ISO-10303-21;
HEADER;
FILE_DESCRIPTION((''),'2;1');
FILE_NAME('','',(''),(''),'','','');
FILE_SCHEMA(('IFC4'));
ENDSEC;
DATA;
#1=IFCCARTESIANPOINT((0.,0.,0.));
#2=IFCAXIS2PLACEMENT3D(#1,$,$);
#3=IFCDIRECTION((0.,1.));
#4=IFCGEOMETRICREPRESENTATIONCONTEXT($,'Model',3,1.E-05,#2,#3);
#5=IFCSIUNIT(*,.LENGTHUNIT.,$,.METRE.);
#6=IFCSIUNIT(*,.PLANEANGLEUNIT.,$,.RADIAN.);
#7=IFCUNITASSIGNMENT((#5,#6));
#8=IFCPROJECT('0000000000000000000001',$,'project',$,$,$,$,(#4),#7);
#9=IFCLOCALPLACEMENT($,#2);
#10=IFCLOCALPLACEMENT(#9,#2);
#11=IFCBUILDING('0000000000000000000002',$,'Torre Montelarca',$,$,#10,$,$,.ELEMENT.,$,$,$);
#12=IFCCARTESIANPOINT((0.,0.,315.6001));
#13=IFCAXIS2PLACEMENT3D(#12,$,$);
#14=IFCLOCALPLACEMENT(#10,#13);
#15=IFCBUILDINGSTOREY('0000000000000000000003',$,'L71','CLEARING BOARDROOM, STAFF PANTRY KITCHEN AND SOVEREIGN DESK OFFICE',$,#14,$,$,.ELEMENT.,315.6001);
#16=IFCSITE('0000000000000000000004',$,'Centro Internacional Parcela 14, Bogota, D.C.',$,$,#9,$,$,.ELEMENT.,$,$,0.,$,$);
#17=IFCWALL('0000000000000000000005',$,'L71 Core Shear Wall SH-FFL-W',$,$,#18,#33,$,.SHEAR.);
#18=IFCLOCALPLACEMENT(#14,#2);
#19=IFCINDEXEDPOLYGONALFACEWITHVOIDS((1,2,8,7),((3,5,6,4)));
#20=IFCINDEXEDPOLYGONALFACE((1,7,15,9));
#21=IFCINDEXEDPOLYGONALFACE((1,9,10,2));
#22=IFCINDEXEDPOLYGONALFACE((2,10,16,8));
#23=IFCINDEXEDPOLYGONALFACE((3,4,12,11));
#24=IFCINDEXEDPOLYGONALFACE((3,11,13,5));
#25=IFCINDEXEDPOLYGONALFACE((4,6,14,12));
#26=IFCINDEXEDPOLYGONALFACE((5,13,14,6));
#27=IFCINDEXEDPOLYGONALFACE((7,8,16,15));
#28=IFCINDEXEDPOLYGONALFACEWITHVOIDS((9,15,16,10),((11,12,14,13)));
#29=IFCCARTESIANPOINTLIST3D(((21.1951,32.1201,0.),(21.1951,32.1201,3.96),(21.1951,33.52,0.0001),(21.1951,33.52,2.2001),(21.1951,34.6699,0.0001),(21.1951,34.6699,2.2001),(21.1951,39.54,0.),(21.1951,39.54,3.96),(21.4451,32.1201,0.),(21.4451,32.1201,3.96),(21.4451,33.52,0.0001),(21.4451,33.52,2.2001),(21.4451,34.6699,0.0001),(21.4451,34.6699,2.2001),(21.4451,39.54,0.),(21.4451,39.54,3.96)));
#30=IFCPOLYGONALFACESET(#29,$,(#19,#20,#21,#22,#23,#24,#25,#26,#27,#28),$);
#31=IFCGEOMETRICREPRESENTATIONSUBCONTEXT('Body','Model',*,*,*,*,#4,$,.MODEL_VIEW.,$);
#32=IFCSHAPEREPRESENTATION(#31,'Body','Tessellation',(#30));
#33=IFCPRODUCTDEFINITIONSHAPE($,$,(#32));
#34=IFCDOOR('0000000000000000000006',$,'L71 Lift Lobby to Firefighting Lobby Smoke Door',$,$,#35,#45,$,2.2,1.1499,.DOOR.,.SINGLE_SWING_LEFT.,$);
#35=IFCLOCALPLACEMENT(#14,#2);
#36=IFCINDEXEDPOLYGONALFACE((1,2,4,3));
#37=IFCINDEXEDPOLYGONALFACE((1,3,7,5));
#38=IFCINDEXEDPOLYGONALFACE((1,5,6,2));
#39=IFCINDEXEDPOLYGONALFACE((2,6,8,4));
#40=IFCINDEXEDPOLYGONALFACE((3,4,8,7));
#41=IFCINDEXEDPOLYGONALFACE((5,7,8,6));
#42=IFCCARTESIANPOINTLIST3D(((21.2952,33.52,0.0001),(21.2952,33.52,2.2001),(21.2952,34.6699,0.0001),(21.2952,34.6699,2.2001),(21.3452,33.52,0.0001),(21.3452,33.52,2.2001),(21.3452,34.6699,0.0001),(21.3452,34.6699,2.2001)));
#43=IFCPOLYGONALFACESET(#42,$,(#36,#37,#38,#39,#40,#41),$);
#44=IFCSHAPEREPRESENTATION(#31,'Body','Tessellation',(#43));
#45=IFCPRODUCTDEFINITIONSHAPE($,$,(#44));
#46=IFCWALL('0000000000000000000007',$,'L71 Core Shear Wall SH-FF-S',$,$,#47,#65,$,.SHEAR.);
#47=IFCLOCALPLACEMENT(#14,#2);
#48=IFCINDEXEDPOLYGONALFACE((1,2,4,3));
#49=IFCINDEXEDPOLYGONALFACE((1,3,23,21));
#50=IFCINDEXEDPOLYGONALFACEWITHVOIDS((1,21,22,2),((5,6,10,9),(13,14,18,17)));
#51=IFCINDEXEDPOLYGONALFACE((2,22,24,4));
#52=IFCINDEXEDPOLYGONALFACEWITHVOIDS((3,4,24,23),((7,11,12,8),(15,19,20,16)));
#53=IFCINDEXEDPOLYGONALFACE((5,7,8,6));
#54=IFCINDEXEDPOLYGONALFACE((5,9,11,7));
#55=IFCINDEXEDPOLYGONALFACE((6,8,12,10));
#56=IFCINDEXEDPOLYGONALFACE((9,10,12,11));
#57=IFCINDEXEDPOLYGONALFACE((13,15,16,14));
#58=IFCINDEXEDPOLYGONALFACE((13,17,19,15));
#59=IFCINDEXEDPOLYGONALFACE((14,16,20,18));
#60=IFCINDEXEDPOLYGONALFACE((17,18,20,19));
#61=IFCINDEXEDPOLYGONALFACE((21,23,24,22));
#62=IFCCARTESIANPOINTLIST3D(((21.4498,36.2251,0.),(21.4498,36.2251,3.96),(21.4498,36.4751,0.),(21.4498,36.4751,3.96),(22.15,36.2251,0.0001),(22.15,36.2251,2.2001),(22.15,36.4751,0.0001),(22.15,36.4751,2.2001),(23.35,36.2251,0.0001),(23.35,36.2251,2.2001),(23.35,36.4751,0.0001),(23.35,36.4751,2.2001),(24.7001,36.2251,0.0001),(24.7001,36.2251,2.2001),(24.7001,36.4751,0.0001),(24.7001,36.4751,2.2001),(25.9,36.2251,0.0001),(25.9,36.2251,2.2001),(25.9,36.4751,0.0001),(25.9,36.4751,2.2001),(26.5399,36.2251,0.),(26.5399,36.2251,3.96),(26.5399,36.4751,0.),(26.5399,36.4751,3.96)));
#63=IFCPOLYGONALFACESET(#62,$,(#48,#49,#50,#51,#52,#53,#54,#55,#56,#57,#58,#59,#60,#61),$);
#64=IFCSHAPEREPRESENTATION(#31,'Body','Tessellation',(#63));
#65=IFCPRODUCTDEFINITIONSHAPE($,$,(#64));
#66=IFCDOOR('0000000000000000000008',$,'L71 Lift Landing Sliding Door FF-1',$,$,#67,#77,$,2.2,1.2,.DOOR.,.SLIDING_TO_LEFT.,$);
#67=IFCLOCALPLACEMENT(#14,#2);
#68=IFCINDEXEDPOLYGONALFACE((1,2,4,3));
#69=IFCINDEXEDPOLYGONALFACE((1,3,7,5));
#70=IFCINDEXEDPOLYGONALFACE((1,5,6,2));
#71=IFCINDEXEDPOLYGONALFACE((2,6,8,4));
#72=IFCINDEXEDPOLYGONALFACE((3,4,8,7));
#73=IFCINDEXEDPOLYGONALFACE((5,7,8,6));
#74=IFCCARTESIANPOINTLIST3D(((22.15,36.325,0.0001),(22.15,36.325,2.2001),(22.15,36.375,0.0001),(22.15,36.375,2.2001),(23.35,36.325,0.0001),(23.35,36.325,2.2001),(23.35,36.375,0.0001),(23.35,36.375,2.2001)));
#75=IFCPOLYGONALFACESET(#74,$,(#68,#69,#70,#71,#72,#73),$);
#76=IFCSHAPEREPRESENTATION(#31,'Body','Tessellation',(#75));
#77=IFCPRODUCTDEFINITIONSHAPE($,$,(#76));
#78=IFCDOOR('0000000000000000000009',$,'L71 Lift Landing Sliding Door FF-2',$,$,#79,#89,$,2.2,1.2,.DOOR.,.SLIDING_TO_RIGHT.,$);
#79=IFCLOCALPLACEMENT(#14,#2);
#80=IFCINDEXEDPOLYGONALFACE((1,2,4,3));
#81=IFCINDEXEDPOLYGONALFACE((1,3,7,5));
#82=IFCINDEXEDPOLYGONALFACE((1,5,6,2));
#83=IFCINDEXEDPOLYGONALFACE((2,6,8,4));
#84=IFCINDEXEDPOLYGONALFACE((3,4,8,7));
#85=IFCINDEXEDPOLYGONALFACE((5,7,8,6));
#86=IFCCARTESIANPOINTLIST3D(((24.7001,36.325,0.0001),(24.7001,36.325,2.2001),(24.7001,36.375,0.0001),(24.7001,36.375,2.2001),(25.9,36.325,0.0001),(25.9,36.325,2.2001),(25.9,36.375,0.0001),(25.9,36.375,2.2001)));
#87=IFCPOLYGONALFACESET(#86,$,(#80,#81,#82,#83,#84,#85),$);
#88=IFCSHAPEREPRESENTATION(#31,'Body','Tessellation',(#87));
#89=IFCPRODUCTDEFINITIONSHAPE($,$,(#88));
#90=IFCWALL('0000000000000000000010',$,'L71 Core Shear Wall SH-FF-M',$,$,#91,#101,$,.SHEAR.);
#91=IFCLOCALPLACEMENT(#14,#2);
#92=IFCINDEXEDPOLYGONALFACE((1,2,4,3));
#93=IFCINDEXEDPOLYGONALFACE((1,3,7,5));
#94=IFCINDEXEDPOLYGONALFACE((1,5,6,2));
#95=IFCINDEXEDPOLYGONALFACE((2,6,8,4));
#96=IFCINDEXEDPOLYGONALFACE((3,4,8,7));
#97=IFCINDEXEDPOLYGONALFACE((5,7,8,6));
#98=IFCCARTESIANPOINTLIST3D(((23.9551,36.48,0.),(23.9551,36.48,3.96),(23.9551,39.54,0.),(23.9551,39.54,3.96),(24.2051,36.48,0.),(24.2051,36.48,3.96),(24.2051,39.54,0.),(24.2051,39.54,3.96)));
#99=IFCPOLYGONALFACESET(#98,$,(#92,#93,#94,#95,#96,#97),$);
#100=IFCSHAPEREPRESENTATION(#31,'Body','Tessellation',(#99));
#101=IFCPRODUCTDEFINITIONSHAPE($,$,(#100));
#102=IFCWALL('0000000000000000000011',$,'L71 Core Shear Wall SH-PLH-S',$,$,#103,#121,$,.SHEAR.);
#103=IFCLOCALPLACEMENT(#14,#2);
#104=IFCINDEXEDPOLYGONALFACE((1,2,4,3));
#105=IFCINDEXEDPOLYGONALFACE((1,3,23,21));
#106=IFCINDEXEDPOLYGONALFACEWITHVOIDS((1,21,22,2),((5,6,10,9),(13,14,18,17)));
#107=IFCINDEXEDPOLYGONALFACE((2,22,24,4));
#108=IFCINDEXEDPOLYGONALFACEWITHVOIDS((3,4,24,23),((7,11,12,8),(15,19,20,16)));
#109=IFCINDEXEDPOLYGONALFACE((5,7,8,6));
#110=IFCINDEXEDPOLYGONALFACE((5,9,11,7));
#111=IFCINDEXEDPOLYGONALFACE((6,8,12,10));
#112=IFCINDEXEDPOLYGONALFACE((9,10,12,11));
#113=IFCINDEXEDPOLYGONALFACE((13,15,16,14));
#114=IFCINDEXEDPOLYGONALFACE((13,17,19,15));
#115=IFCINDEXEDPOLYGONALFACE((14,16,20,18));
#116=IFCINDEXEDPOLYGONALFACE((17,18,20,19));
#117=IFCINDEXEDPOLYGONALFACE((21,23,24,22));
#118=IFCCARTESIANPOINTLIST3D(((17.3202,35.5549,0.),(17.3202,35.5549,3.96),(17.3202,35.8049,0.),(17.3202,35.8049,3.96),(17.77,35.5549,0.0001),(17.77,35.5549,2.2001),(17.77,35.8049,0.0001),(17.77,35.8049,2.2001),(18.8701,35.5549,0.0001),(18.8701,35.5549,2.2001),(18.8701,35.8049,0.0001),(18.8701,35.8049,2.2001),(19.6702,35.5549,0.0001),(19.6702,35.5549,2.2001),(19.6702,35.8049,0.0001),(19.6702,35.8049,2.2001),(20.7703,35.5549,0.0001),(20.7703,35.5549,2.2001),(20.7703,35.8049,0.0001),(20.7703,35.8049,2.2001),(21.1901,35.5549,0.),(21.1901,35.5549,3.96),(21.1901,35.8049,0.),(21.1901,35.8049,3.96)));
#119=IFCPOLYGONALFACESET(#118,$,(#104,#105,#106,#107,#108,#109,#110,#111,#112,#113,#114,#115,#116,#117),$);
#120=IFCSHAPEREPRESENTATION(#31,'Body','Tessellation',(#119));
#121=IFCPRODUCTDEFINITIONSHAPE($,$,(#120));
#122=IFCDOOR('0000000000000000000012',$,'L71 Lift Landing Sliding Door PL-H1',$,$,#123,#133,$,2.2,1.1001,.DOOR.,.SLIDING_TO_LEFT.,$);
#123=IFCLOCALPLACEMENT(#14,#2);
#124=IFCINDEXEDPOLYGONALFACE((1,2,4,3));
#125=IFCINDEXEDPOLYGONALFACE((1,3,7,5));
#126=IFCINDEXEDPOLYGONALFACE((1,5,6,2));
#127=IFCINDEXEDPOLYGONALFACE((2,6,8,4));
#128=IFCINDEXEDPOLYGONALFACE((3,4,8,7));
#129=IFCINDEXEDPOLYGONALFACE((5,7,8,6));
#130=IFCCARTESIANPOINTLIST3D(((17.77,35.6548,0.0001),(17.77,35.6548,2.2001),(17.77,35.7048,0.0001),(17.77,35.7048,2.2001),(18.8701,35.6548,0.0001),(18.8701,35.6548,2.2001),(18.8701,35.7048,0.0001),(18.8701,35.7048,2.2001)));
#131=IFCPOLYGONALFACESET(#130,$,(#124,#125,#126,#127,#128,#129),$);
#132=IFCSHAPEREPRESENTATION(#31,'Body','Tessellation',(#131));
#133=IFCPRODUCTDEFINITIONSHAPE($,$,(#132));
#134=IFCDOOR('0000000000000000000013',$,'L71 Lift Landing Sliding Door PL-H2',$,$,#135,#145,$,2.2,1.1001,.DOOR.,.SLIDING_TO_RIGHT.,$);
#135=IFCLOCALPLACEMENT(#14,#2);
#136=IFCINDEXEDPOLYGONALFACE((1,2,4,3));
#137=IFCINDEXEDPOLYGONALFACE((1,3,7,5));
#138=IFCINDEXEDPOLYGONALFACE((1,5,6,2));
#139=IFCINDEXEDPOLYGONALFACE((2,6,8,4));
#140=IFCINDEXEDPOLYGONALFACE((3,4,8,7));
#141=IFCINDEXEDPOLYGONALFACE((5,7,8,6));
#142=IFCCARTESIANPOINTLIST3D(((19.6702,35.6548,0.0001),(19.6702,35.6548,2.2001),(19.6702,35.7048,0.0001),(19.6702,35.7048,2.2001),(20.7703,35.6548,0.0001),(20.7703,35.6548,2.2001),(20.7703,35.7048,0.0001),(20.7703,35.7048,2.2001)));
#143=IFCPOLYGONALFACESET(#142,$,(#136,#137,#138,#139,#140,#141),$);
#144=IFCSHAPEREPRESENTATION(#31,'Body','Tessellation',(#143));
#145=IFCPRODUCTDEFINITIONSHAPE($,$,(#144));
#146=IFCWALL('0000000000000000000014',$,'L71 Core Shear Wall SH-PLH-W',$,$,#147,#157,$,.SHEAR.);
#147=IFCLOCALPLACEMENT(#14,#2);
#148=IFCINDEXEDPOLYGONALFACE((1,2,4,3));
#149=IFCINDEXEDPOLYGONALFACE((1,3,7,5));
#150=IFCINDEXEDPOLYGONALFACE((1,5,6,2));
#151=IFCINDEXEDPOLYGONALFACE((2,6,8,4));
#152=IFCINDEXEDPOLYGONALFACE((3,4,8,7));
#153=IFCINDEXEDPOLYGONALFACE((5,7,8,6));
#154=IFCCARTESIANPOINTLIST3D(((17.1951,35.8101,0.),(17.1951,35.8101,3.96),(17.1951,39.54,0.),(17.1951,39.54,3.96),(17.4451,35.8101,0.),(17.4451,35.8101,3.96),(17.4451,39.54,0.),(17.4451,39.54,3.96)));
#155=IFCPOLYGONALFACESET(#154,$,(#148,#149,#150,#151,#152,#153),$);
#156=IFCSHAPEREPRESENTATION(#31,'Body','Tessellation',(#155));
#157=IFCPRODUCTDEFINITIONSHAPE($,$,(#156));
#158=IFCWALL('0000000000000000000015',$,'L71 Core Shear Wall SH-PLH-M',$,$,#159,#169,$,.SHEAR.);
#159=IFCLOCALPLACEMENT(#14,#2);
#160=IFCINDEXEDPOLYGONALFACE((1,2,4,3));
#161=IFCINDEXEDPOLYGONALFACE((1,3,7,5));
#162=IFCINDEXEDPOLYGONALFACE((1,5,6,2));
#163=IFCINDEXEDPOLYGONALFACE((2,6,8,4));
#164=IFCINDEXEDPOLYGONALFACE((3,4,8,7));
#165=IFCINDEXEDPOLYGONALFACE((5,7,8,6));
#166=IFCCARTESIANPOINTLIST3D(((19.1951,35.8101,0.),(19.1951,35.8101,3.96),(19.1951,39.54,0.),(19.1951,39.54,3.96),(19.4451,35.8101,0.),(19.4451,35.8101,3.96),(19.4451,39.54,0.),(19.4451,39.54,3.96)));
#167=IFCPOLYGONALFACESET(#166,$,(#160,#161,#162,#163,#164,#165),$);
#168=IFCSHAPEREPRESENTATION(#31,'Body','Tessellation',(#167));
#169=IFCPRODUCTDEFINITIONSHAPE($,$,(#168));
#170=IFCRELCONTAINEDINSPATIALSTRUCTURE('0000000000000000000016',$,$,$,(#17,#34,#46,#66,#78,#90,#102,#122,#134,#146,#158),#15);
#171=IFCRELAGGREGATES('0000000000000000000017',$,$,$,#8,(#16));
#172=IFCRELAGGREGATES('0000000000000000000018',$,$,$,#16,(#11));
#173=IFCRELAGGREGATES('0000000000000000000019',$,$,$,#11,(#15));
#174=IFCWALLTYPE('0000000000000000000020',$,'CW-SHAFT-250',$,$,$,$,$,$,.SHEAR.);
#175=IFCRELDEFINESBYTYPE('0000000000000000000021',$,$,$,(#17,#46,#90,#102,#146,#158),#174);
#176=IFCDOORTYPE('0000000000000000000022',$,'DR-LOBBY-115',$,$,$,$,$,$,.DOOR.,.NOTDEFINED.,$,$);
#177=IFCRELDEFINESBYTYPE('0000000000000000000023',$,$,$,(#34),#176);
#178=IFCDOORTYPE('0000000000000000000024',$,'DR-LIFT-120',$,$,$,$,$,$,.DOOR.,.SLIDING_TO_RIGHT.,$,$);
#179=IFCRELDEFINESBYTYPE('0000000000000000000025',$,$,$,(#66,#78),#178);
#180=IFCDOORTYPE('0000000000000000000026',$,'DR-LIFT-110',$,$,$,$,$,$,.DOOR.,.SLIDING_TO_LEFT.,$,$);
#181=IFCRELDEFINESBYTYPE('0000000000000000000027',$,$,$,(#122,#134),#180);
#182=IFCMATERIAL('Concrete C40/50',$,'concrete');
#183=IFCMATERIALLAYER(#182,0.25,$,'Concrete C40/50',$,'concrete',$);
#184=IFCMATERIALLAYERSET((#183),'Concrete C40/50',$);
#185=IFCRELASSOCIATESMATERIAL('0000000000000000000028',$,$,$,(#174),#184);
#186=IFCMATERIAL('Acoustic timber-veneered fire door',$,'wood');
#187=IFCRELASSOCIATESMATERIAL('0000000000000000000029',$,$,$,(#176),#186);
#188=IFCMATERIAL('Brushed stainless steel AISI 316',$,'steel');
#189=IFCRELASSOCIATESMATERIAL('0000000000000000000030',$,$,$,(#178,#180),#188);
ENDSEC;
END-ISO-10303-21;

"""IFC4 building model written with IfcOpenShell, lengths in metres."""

from ifc_helpers import new_model, si_unit, direction, frame, frame_2d, origin, place, context, subcontext, project, spatial, rectangle, extrude, source, transform, mapped, material, layer, layer_set, type_object, element, fill, save


model = new_model("IFC4")

# Units and contexts
model_context = context("Model", 3, precision=1e-05, world=origin(), true_north=direction((0.0, 1.0)))
body_context = subcontext(model_context, "Body", "Model", "MODEL_VIEW")
ifc_project = project(units=[si_unit("LENGTHUNIT", "METRE"), si_unit("PLANEANGLEUNIT", "RADIAN")], contexts=[model_context])

# Site, building, storey
site_placement = place(None, origin())
site = spatial("IfcSite", under=ifc_project, at=site_placement, Name="Centro Internacional Parcela 14, Bogota, D.C.", CompositionType="ELEMENT", RefElevation=0.0)
building_placement = place(site_placement, origin())
building = spatial("IfcBuilding", under=site, at=building_placement, Name="Torre Montelarca", CompositionType="ELEMENT")
storey_placement = place(building_placement, frame((0.0, 0.0, 315.6001)))
storey = spatial("IfcBuildingStorey", under=building, at=storey_placement, Name="L71", Description="CLEARING BOARDROOM, STAFF PANTRY KITCHEN AND SOVEREIGN DESK OFFICE", CompositionType="ELEMENT", Elevation=315.6001)

# Wall, opening, door
ifc_material_1 = material(Name="Concrete C40/50", Category="concrete")
ifc_layer_1 = layer(ifc_material_1, 0.25, Name="Concrete C40/50", Category="concrete")
ifc_layer_set_1 = layer_set([ifc_layer_1], Name="Concrete C40/50")
wall_type_1 = type_object("IfcWallType", Name="CW-SHAFT-250", PredefinedType="SHEAR", material=ifc_layer_set_1)
wall_1_placement = place(storey_placement, frame((21.3201, 32.1201, 0.0), z_axis=(0.0, 0.0, 1.0), x_axis=(0.0, 1.0, 0.0)))
wall_1 = element("IfcWall", 1, at=wall_1_placement, inside=storey, type_object=wall_type_1, Name="L71 Core Shear Wall SH-FFL-W", PredefinedType="SHEAR", context=body_context, shape_type="SweptSolid", body=[
    extrude(rectangle(XDim=7.4199, YDim=0.25, at=frame_2d((3.71, 0.0))), origin(), (0.0, 0.0, 1.0), 3.96),
])
opening_1_placement = place(wall_1_placement, frame((1.3999, 0.0, 0.0)))
opening_1 = element("IfcOpeningElement", 2, at=opening_1_placement, cuts=wall_1, PredefinedType="OPENING", context=body_context, shape_type="SweptSolid", body=[
    extrude(rectangle(XDim=1.1499, YDim=2.2, at=frame_2d((0.575, 1.1001))), frame((0.0, 0.135, 0.0), z_axis=(0.0, -1.0, 0.0), x_axis=(1.0, 0.0, 0.0)), (0.0, 0.0, 1.0), 0.27),
])
ifc_material_2 = material(Name="Acoustic timber-veneered fire door", Category="wood")
door_type_1 = type_object("IfcDoorType", Name="DR-LOBBY-115", OperationType="NOTDEFINED", PredefinedType="DOOR", material=ifc_material_2)
shared_shape_1 = source(origin(), body_context, "Body", "SweptSolid", [
    extrude(rectangle(XDim=1.1499, YDim=2.2, at=frame_2d((0.575, 1.1001))), frame((0.0, 0.0249, 0.0), z_axis=(0.0, -1.0, 0.0), x_axis=(1.0, 0.0, 0.0)), (0.0, 0.0, 1.0), 0.05),
])
door_1_placement = place(opening_1_placement, origin())
door_1 = element("IfcDoor", 3, at=door_1_placement, inside=storey, type_object=door_type_1, Name="L71 Lift Lobby to Firefighting Lobby Smoke Door", OperationType="SINGLE_SWING_LEFT", OverallHeight=2.2, OverallWidth=1.1499, PredefinedType="DOOR", context=body_context, shape_type="MappedRepresentation", body=[
    mapped(shared_shape_1, transform((0.0, 0.0, 0.0), scale=1.0)),
])
fill(opening_1, door_1)

# Wall, openings, doors
wall_2_placement = place(storey_placement, frame((21.45, 36.3501, 0.0), z_axis=(0.0, 0.0, 1.0), x_axis=(1.0, 0.0, 0.0)))
wall_2 = element("IfcWall", 4, at=wall_2_placement, inside=storey, type_object=wall_type_1, Name="L71 Core Shear Wall SH-FF-S", PredefinedType="SHEAR", context=body_context, shape_type="SweptSolid", body=[
    extrude(rectangle(XDim=5.0901, YDim=0.25, at=frame_2d((2.5449, 0.0))), origin(), (0.0, 0.0, 1.0), 3.96),
])
opening_2_placement = place(wall_2_placement, frame((0.7, 0.0, 0.0)))
opening_2 = element("IfcOpeningElement", 5, at=opening_2_placement, cuts=wall_2, PredefinedType="OPENING", context=body_context, shape_type="SweptSolid", body=[
    extrude(rectangle(XDim=1.2, YDim=2.2, at=frame_2d((0.6001, 1.1001))), frame((0.0, 0.135, 0.0), z_axis=(0.0, -1.0, 0.0), x_axis=(1.0, 0.0, 0.0)), (0.0, 0.0, 1.0), 0.27),
])
opening_3_placement = place(wall_2_placement, frame((3.25, 0.0, 0.0)))
opening_3 = element("IfcOpeningElement", 6, at=opening_3_placement, cuts=wall_2, PredefinedType="OPENING", context=body_context, shape_type="SweptSolid", body=[
    extrude(rectangle(XDim=1.2, YDim=2.2, at=frame_2d((0.6001, 1.1001))), frame((0.0, 0.135, 0.0), z_axis=(0.0, -1.0, 0.0), x_axis=(1.0, 0.0, 0.0)), (0.0, 0.0, 1.0), 0.27),
])
ifc_material_3 = material(Name="Brushed stainless steel AISI 316", Category="steel")
door_type_2 = type_object("IfcDoorType", Name="DR-LIFT-120", OperationType="SLIDING_TO_RIGHT", PredefinedType="DOOR", material=ifc_material_3)
shared_shape_2 = source(origin(), body_context, "Body", "SweptSolid", [
    extrude(rectangle(XDim=1.2, YDim=2.2, at=frame_2d((0.6001, 1.1001))), frame((0.0, 0.0249, 0.0), z_axis=(0.0, -1.0, 0.0), x_axis=(1.0, 0.0, 0.0)), (0.0, 0.0, 1.0), 0.05),
])
door_2_placement = place(opening_2_placement, origin())
door_2 = element("IfcDoor", 7, at=door_2_placement, inside=storey, type_object=door_type_2, Name="L71 Lift Landing Sliding Door FF-1", OperationType="SLIDING_TO_LEFT", OverallHeight=2.2, OverallWidth=1.2, PredefinedType="DOOR", context=body_context, shape_type="MappedRepresentation", body=[
    mapped(shared_shape_2, transform((0.0, 0.0, 0.0), scale=1.0)),
])
fill(opening_2, door_2)
door_3_placement = place(opening_3_placement, origin())
door_3 = element("IfcDoor", 8, at=door_3_placement, inside=storey, type_object=door_type_2, Name="L71 Lift Landing Sliding Door FF-2", OperationType="SLIDING_TO_RIGHT", OverallHeight=2.2, OverallWidth=1.2, PredefinedType="DOOR", context=body_context, shape_type="MappedRepresentation", body=[
    mapped(shared_shape_2, transform((0.0, 0.0, 0.0), scale=1.0)),
])
fill(opening_3, door_3)

# Wall
wall_3_placement = place(storey_placement, frame((24.0801, 36.48, 0.0), z_axis=(0.0, 0.0, 1.0), x_axis=(0.0, 1.0, 0.0)))
element("IfcWall", 9, at=wall_3_placement, inside=storey, type_object=wall_type_1, Name="L71 Core Shear Wall SH-FF-M", PredefinedType="SHEAR", context=body_context, shape_type="SweptSolid", body=[
    extrude(rectangle(XDim=3.0601, YDim=0.25, at=frame_2d((1.53, 0.0))), origin(), (0.0, 0.0, 1.0), 3.96),
])

# Wall, openings, doors
wall_4_placement = place(storey_placement, frame((17.3201, 35.6799, 0.0), z_axis=(0.0, 0.0, 1.0), x_axis=(1.0, 0.0, 0.0)))
wall_4 = element("IfcWall", 10, at=wall_4_placement, inside=storey, type_object=wall_type_1, Name="L71 Core Shear Wall SH-PLH-S", PredefinedType="SHEAR", context=body_context, shape_type="SweptSolid", body=[
    extrude(rectangle(XDim=3.8699, YDim=0.25, at=frame_2d((1.9351, 0.0))), origin(), (0.0, 0.0, 1.0), 3.96),
])
opening_4_placement = place(wall_4_placement, frame((0.45, 0.0, 0.0)))
opening_4 = element("IfcOpeningElement", 11, at=opening_4_placement, cuts=wall_4, PredefinedType="OPENING", context=body_context, shape_type="SweptSolid", body=[
    extrude(rectangle(XDim=1.1001, YDim=2.2, at=frame_2d((0.55, 1.1001))), frame((0.0, 0.135, 0.0), z_axis=(0.0, -1.0, 0.0), x_axis=(1.0, 0.0, 0.0)), (0.0, 0.0, 1.0), 0.27),
])
opening_5_placement = place(wall_4_placement, frame((2.3501, 0.0, 0.0)))
opening_5 = element("IfcOpeningElement", 12, at=opening_5_placement, cuts=wall_4, PredefinedType="OPENING", context=body_context, shape_type="SweptSolid", body=[
    extrude(rectangle(XDim=1.1001, YDim=2.2, at=frame_2d((0.55, 1.1001))), frame((0.0, 0.135, 0.0), z_axis=(0.0, -1.0, 0.0), x_axis=(1.0, 0.0, 0.0)), (0.0, 0.0, 1.0), 0.27),
])
door_type_3 = type_object("IfcDoorType", Name="DR-LIFT-110", OperationType="SLIDING_TO_LEFT", PredefinedType="DOOR", material=ifc_material_3)
shared_shape_3 = source(origin(), body_context, "Body", "SweptSolid", [
    extrude(rectangle(XDim=1.1001, YDim=2.2, at=frame_2d((0.55, 1.1001))), frame((0.0, 0.0249, 0.0), z_axis=(0.0, -1.0, 0.0), x_axis=(1.0, 0.0, 0.0)), (0.0, 0.0, 1.0), 0.05),
])
door_4_placement = place(opening_4_placement, origin())
door_4 = element("IfcDoor", 13, at=door_4_placement, inside=storey, type_object=door_type_3, Name="L71 Lift Landing Sliding Door PL-H1", OperationType="SLIDING_TO_LEFT", OverallHeight=2.2, OverallWidth=1.1001, PredefinedType="DOOR", context=body_context, shape_type="MappedRepresentation", body=[
    mapped(shared_shape_3, transform((0.0, 0.0, 0.0), scale=1.0)),
])
fill(opening_4, door_4)
door_5_placement = place(opening_5_placement, origin())
door_5 = element("IfcDoor", 14, at=door_5_placement, inside=storey, type_object=door_type_3, Name="L71 Lift Landing Sliding Door PL-H2", OperationType="SLIDING_TO_RIGHT", OverallHeight=2.2, OverallWidth=1.1001, PredefinedType="DOOR", context=body_context, shape_type="MappedRepresentation", body=[
    mapped(shared_shape_3, transform((0.0, 0.0, 0.0), scale=1.0)),
])
fill(opening_5, door_5)

# Walls
for number, where, z_axis, x_axis, name in (
    (15, (17.3201, 35.8101, 0.0), (0.0, 0.0, 1.0), (0.0, 1.0, 0.0), "L71 Core Shear Wall SH-PLH-W"),
    (16, (19.3201, 35.8101, 0.0), (0.0, 0.0, 1.0), (0.0, 1.0, 0.0), "L71 Core Shear Wall SH-PLH-M"),
):
    element("IfcWall", number, at=place(storey_placement, frame(where, z_axis=z_axis, x_axis=x_axis)), inside=storey, type_object=wall_type_1, Name=name, PredefinedType="SHEAR", context=body_context, shape_type="SweptSolid", body=[
        extrude(rectangle(XDim=3.73, YDim=0.25, at=frame_2d((1.865, 0.0))), origin(), (0.0, 0.0, 1.0), 3.96),
    ])

save(model, "model.ifc")
